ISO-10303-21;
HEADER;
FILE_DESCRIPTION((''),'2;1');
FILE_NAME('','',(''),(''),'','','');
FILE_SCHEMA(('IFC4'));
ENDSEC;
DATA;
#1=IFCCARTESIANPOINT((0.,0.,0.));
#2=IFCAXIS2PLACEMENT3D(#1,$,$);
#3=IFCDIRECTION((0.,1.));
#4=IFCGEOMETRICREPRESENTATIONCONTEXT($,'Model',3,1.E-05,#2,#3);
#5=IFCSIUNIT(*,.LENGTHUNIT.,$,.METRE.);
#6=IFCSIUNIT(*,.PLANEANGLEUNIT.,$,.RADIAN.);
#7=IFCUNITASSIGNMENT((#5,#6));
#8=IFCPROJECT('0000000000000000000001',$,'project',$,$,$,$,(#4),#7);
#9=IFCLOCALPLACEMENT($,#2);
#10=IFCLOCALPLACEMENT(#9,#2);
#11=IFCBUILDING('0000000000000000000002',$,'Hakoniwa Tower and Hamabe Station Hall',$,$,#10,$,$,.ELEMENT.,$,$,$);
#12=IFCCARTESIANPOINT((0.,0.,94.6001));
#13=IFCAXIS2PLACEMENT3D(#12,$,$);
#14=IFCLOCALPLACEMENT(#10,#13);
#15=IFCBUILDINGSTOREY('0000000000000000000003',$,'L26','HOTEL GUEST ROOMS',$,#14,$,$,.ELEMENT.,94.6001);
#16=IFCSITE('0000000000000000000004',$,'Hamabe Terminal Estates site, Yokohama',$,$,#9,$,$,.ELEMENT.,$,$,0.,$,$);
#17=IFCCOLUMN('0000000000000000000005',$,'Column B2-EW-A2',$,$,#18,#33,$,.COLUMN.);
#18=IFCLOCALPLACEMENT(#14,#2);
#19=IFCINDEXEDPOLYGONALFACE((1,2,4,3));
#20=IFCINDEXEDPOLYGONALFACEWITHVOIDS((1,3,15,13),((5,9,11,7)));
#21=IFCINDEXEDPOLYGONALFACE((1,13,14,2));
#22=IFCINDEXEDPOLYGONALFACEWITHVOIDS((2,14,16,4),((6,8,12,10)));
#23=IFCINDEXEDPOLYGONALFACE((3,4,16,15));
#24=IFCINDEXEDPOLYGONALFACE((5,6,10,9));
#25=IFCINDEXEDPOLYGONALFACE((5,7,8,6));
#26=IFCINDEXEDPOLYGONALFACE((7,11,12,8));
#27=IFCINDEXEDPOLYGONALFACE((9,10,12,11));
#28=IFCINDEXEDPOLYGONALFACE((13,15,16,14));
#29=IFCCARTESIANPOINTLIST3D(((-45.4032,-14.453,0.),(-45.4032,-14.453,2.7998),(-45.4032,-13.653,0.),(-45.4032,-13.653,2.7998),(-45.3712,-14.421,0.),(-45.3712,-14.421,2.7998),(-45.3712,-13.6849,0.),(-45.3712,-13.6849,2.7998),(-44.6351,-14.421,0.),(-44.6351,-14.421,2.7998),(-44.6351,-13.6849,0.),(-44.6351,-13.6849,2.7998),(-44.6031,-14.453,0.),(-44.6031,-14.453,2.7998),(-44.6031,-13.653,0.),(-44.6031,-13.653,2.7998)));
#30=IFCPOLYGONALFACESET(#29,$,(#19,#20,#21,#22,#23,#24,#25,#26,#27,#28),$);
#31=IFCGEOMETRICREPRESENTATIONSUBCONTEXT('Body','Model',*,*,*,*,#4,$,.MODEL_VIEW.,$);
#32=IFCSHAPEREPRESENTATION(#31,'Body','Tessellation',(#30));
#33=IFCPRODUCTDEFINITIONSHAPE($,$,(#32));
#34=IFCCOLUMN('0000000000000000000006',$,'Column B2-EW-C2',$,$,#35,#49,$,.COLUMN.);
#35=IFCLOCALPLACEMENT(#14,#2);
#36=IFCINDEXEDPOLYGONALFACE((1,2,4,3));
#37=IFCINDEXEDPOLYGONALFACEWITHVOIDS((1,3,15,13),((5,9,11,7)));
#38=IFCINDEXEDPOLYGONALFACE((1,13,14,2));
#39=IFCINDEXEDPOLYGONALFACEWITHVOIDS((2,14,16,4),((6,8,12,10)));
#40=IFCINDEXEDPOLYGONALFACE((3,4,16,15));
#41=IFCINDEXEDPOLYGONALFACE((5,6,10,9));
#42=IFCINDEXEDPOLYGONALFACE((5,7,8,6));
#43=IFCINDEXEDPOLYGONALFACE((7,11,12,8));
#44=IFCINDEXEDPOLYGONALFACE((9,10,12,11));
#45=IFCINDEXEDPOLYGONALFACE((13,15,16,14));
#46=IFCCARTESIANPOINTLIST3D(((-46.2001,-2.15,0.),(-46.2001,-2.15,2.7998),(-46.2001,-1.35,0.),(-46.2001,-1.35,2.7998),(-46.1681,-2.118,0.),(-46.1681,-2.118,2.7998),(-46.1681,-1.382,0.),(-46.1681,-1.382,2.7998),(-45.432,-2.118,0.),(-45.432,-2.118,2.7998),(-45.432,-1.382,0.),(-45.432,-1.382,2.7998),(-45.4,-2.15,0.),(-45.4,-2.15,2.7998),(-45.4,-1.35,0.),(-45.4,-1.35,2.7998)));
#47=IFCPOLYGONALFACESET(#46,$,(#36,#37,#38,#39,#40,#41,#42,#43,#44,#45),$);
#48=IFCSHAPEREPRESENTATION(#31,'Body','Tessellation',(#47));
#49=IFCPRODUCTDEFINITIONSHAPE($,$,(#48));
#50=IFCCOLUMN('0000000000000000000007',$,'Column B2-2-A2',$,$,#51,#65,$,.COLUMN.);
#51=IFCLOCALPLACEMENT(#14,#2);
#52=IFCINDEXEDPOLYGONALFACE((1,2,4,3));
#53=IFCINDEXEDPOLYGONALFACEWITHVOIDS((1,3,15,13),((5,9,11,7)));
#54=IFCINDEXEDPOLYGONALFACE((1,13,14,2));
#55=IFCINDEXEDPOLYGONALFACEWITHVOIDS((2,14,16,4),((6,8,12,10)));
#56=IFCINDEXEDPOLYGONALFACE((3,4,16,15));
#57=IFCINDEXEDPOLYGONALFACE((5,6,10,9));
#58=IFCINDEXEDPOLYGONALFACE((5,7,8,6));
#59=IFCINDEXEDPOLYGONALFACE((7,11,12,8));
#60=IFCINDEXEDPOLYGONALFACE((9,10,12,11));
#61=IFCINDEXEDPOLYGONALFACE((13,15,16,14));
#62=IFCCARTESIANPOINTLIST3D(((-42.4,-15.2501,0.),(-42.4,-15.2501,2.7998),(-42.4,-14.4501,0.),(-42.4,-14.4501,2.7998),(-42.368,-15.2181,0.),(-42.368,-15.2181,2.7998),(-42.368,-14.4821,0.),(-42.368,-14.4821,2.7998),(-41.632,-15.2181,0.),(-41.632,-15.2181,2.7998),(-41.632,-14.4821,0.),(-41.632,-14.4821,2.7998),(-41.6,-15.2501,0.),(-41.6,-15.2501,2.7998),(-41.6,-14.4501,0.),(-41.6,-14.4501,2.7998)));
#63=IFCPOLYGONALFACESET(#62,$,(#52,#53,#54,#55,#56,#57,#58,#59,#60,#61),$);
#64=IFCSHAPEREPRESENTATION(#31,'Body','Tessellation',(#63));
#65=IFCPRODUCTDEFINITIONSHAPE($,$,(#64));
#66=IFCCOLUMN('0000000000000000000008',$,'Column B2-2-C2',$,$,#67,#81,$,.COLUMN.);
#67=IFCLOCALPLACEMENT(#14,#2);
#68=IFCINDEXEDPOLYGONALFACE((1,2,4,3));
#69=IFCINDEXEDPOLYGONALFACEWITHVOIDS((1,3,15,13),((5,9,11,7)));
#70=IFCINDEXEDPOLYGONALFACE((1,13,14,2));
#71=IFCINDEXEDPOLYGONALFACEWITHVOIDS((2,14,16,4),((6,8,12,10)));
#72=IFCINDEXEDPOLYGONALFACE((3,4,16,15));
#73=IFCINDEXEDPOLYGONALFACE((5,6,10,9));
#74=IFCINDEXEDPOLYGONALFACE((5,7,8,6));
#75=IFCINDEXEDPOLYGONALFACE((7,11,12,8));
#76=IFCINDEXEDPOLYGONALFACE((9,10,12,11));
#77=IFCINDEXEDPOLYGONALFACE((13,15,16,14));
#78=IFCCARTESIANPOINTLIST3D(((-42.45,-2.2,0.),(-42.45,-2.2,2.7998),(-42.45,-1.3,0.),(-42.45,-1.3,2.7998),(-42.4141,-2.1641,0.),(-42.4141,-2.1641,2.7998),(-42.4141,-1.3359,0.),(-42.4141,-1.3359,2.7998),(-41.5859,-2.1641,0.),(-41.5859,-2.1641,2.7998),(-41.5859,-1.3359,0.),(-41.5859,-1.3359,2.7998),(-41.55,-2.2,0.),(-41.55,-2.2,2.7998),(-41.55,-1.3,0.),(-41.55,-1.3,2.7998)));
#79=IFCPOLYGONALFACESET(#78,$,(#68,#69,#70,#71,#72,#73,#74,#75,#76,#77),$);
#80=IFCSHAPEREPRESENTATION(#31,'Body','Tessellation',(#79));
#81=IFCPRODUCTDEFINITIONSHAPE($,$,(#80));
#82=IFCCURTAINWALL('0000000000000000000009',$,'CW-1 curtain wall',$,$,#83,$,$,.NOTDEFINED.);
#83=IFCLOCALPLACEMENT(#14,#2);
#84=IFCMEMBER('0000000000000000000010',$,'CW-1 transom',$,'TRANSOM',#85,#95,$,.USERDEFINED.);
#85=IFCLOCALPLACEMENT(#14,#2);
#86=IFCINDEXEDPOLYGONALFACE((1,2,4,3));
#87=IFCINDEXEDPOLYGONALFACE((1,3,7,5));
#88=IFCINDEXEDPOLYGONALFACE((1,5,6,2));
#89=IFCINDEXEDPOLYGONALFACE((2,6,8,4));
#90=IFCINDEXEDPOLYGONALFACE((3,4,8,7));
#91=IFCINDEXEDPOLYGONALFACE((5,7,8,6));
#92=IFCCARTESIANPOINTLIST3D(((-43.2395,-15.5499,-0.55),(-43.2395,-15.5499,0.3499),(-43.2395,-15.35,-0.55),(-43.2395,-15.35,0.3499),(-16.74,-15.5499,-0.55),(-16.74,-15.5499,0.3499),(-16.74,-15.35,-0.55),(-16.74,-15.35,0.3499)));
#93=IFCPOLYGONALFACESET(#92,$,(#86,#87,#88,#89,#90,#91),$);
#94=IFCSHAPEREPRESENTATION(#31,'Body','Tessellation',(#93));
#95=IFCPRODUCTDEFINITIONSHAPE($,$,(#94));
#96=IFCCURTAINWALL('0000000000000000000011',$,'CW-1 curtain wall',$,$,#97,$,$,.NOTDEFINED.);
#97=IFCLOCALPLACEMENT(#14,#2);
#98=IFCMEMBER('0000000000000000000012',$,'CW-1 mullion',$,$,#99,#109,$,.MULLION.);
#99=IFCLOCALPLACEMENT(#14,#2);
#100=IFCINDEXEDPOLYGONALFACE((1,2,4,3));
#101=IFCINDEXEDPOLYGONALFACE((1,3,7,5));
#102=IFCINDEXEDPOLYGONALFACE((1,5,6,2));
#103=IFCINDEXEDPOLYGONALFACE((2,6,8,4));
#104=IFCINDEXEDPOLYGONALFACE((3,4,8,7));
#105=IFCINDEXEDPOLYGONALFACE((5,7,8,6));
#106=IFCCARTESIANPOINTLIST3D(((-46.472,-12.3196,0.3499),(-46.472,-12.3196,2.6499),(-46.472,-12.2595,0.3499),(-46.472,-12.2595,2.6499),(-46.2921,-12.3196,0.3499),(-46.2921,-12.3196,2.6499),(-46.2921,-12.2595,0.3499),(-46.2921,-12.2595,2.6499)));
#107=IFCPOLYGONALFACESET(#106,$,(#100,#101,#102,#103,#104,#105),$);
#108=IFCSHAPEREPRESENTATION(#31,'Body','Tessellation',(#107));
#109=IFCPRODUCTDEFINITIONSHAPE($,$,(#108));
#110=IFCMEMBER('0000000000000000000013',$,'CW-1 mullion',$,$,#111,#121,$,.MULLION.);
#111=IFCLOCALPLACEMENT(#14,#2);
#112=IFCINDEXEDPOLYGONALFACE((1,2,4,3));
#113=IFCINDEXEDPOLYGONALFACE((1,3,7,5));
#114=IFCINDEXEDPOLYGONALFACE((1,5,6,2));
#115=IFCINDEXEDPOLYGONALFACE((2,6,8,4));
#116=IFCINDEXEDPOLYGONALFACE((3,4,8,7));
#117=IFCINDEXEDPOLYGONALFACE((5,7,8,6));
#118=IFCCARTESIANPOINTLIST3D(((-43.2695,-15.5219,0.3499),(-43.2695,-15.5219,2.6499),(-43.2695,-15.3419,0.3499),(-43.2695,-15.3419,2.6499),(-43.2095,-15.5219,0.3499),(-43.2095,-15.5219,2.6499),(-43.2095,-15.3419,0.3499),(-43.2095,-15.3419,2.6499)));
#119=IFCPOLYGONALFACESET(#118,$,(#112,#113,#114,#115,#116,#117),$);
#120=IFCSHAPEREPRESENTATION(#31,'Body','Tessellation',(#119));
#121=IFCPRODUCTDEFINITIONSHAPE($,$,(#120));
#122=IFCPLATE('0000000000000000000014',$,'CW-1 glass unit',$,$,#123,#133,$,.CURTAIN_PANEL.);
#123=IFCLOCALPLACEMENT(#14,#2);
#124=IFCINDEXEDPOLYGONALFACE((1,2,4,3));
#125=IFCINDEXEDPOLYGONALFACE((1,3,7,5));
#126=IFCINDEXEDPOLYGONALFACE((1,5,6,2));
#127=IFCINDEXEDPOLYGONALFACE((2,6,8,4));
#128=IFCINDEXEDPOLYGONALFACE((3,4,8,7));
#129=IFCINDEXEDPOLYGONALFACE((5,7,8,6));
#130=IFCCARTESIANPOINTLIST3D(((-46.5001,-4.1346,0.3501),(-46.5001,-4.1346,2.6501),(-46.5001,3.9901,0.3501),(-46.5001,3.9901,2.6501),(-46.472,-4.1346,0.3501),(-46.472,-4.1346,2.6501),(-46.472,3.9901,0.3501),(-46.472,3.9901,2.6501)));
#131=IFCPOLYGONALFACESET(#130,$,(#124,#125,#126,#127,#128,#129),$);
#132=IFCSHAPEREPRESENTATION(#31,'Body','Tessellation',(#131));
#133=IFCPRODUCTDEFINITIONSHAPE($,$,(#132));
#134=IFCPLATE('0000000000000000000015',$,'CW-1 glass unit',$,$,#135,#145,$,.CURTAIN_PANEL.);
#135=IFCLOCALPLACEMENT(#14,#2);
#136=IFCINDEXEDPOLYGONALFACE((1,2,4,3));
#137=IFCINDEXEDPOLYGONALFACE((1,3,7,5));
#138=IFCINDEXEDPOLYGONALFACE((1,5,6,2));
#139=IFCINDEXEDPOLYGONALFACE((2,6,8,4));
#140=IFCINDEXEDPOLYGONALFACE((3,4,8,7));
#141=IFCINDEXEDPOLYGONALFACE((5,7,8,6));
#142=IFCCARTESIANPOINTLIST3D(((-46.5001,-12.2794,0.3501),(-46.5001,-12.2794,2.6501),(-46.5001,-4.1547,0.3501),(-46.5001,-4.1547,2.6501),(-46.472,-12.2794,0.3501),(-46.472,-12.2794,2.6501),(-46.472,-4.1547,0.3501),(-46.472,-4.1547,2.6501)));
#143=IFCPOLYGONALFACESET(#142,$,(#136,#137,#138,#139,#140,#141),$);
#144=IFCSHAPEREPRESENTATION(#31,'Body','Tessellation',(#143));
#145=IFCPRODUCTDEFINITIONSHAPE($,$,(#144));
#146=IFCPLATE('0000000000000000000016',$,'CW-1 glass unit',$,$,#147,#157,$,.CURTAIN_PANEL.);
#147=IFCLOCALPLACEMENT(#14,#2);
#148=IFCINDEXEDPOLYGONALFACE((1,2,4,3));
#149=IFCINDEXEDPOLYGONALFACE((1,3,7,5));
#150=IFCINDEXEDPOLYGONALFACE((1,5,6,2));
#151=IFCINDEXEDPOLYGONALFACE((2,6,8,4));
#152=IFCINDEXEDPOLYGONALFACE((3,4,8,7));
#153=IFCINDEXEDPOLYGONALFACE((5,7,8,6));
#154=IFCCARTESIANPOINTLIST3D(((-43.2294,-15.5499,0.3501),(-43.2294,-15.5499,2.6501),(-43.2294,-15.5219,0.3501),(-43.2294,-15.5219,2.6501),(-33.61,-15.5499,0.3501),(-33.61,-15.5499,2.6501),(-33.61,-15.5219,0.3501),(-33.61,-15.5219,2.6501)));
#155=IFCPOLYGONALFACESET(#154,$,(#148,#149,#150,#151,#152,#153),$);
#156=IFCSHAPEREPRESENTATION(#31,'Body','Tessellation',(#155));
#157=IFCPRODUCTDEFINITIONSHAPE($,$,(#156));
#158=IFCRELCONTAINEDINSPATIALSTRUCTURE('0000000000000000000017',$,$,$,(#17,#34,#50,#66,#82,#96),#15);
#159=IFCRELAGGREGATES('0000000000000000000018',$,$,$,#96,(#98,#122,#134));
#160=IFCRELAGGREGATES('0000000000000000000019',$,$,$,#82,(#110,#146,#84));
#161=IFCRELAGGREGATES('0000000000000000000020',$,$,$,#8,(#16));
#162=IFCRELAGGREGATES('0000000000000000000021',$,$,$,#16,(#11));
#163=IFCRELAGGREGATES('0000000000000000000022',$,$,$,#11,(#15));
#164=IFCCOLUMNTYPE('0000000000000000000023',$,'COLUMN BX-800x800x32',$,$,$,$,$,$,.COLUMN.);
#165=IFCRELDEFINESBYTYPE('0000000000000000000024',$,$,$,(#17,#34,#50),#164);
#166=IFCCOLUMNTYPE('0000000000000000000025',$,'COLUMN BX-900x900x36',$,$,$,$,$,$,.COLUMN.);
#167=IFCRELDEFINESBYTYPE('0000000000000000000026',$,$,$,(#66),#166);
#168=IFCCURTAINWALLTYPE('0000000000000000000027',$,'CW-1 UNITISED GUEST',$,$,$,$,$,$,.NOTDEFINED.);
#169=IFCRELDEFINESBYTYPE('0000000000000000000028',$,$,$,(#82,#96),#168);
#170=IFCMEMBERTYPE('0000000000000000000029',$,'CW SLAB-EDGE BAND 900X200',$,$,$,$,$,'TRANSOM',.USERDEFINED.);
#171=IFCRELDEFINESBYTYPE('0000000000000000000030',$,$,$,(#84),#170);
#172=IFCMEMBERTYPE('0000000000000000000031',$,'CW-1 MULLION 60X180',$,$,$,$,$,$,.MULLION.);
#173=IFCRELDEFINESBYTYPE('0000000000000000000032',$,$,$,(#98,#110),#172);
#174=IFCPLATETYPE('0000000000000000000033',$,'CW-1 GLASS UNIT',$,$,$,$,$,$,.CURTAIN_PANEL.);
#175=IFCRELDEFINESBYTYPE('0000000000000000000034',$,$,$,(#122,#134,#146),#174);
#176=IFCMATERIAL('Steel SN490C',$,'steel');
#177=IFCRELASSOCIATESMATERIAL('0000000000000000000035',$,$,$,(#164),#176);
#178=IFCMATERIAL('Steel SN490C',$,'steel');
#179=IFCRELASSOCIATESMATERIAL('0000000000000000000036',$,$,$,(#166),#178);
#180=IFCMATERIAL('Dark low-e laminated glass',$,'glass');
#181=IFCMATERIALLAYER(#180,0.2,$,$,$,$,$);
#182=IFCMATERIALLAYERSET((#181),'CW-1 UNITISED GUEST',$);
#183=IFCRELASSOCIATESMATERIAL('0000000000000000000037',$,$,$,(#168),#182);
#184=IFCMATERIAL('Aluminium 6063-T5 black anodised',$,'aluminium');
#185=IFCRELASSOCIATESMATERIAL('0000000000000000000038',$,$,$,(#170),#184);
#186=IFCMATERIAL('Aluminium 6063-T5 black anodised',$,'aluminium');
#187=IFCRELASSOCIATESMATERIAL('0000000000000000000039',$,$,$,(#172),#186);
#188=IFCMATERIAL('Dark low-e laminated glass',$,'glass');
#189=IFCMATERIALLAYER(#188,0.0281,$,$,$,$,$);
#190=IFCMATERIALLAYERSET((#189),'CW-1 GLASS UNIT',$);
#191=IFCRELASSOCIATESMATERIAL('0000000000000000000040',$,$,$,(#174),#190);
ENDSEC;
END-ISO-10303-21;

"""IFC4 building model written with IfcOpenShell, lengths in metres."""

from ifc_helpers import new_model, si_unit, direction, frame, origin, origin_2d, place, context, subcontext, project, spatial, rectangle, hollow_rectangle, extrude, material, layer, layer_set, material_profile, profile_set, type_object, element, aggregate, save


model = new_model("IFC4")

# Units and contexts
model_context = context("Model", 3, precision=1e-05, world=origin(), true_north=direction((0.0, 1.0)))
body_context = subcontext(model_context, "Body", "Model", "MODEL_VIEW")
ifc_project = project(units=[si_unit("LENGTHUNIT", "METRE"), si_unit("PLANEANGLEUNIT", "RADIAN")], contexts=[model_context])

# Site, building, storey
site_placement = place(None, origin())
site = spatial("IfcSite", under=ifc_project, at=site_placement, Name="Hamabe Terminal Estates site, Yokohama", CompositionType="ELEMENT", RefElevation=0.0)
building_placement = place(site_placement, origin())
building = spatial("IfcBuilding", under=site, at=building_placement, Name="Hakoniwa Tower and Hamabe Station Hall", CompositionType="ELEMENT")
storey_placement = place(building_placement, frame((0.0, 0.0, 94.6001)))
storey = spatial("IfcBuildingStorey", under=building, at=storey_placement, Name="L26", Description="HOTEL GUEST ROOMS", CompositionType="ELEMENT", Elevation=94.6001)

# Columns
ifc_material_1 = material(Name="Steel SN490C", Category="steel")
ifc_material_profile_1 = material_profile(ifc_material_1, hollow_rectangle(XDim=0.8, YDim=0.8, WallThickness=0.032, at=origin_2d()), Name="BX-800x800x32")
ifc_profile_set_1 = profile_set([ifc_material_profile_1], Name="Steel SN490C")
column_type_1 = type_object("IfcColumnType", Name="COLUMN BX-800x800x32", PredefinedType="COLUMN", material=ifc_profile_set_1)
for number, where, z_axis, x_axis, name in (
    (1, (-45.0032, -14.053, 0.0), (0.0, 0.0, 1.0), (1.0, 0.0, 0.0), "Column B2-EW-A2"),
    (2, (-45.8, -1.75, 0.0), (0.0, 0.0, 1.0), (1.0, 0.0, 0.0), "Column B2-EW-C2"),
    (3, (-42.0, -14.8501, 0.0), (0.0, 0.0, 1.0), (1.0, 0.0, 0.0), "Column B2-2-A2"),
):
    element("IfcColumn", number, at=place(storey_placement, frame(where, z_axis=z_axis, x_axis=x_axis)), inside=storey, type_object=column_type_1, Name=name, PredefinedType="COLUMN", context=body_context, shape_type="SweptSolid", body=[
        extrude(hollow_rectangle(XDim=0.8, YDim=0.8, WallThickness=0.032, at=origin_2d()), origin(), (0.0, 0.0, 1.0), 2.7998),
    ])
ifc_material_2 = material(Name="Steel SN490C", Category="steel")
ifc_material_profile_2 = material_profile(ifc_material_2, hollow_rectangle(XDim=0.8999, YDim=0.8999, WallThickness=0.0359, at=origin_2d()), Name="BX-900x900x36")
ifc_profile_set_2 = profile_set([ifc_material_profile_2], Name="Steel SN490C")
column_type_2 = type_object("IfcColumnType", Name="COLUMN BX-900x900x36", PredefinedType="COLUMN", material=ifc_profile_set_2)
column_placement = place(storey_placement, frame((-42.0, -1.75, 0.0), z_axis=(0.0, 0.0, 1.0), x_axis=(1.0, 0.0, 0.0)))
element("IfcColumn", 4, at=column_placement, inside=storey, type_object=column_type_2, Name="Column B2-2-C2", PredefinedType="COLUMN", context=body_context, shape_type="SweptSolid", body=[
    extrude(hollow_rectangle(XDim=0.8999, YDim=0.8999, WallThickness=0.0359, at=origin_2d()), origin(), (0.0, 0.0, 1.0), 2.7998),
])

# Curtain walls, members
ifc_material_3 = material(Name="Dark low-e laminated glass", Category="glass")
ifc_layer_1 = layer(ifc_material_3, 0.2)
ifc_layer_set_1 = layer_set([ifc_layer_1], Name="CW-1 UNITISED GUEST")
curtain_wall_type = type_object("IfcCurtainWallType", Name="CW-1 UNITISED GUEST", PredefinedType="NOTDEFINED", material=ifc_layer_set_1)
curtain_wall_1_placement = place(storey_placement, origin())
curtain_wall_1 = element("IfcCurtainWall", 5, at=curtain_wall_1_placement, inside=storey, type_object=curtain_wall_type, Name="CW-1 curtain wall", PredefinedType="NOTDEFINED")
ifc_material_4 = material(Name="Aluminium 6063-T5 black anodised", Category="aluminium")
ifc_material_profile_3 = material_profile(ifc_material_4, rectangle(XDim=0.2, YDim=0.8999, at=origin_2d()), Name="CW SLAB-EDGE BAND 900X200")
ifc_profile_set_3 = profile_set([ifc_material_profile_3], Name="Aluminium 6063-T5 black anodised")
member_type_1 = type_object("IfcMemberType", Name="CW SLAB-EDGE BAND 900X200", ElementType="TRANSOM", PredefinedType="USERDEFINED", material=ifc_profile_set_3)
member_1_placement = place(storey_placement, frame((-43.2395, -15.45, -0.1001), z_axis=(1.0, 0.0, 0.0), x_axis=(0.0, 1.0, 0.0)))
member_1 = element("IfcMember", 6, at=member_1_placement, type_object=member_type_1, Name="CW-1 transom", ObjectType="TRANSOM", PredefinedType="USERDEFINED", context=body_context, shape_type="SweptSolid", body=[
    extrude(rectangle(XDim=0.2, YDim=0.8999, at=origin_2d()), origin(), (0.0, 0.0, 1.0), 26.4995),
])
curtain_wall_2_placement = place(storey_placement, origin())
curtain_wall_2 = element("IfcCurtainWall", 7, at=curtain_wall_2_placement, inside=storey, type_object=curtain_wall_type, Name="CW-1 curtain wall", PredefinedType="NOTDEFINED")
ifc_material_5 = material(Name="Aluminium 6063-T5 black anodised", Category="aluminium")
ifc_material_profile_4 = material_profile(ifc_material_5, rectangle(XDim=0.0601, YDim=0.1799, at=origin_2d()), Name="CW-1 MULLION 60X180")
ifc_profile_set_4 = profile_set([ifc_material_profile_4], Name="Aluminium 6063-T5 black anodised")
member_type_2 = type_object("IfcMemberType", Name="CW-1 MULLION 60X180", PredefinedType="MULLION", material=ifc_profile_set_4)
member_2_placement = place(storey_placement, frame((-46.3821, -12.2896, 0.3499), z_axis=(0.0, 0.0, 1.0), x_axis=(0.0, -1.0, 0.0)))
member_2 = element("IfcMember", 8, at=member_2_placement, type_object=member_type_2, Name="CW-1 mullion", PredefinedType="MULLION", context=body_context, shape_type="SweptSolid", body=[
    extrude(rectangle(XDim=0.0601, YDim=0.1799, at=origin_2d()), origin(), (0.0, 0.0, 1.0), 2.3),
])

# Member
member_3_placement = place(storey_placement, frame((-43.2395, -15.4319, 0.3499), z_axis=(0.0, 0.0, 1.0), x_axis=(1.0, 0.0, 0.0)))
member_3 = element("IfcMember", 9, at=member_3_placement, type_object=member_type_2, Name="CW-1 mullion", PredefinedType="MULLION", context=body_context, shape_type="SweptSolid", body=[
    extrude(rectangle(XDim=0.0601, YDim=0.1799, at=origin_2d()), origin(), (0.0, 0.0, 1.0), 2.3),
])

# Plates
ifc_material_6 = material(Name="Dark low-e laminated glass", Category="glass")
ifc_layer_2 = layer(ifc_material_6, 0.0281)
ifc_layer_set_2 = layer_set([ifc_layer_2], Name="CW-1 GLASS UNIT")
plate_type = type_object("IfcPlateType", Name="CW-1 GLASS UNIT", PredefinedType="CURTAIN_PANEL", material=ifc_layer_set_2)
plate_1_placement = place(storey_placement, frame((-46.4861, -0.0723, 0.3501), z_axis=(0.0, 0.0, 1.0), x_axis=(0.0, -1.0, 0.0)))
plate_1 = element("IfcPlate", 10, at=plate_1_placement, type_object=plate_type, Name="CW-1 glass unit", PredefinedType="CURTAIN_PANEL", context=body_context, shape_type="SweptSolid", body=[
    extrude(rectangle(XDim=8.1248, YDim=0.0281, at=origin_2d()), origin(), (0.0, 0.0, 1.0), 2.3),
])
plate_2_placement = place(storey_placement, frame((-46.4861, -8.217, 0.3501), z_axis=(0.0, 0.0, 1.0), x_axis=(0.0, -1.0, 0.0)))
plate_2 = element("IfcPlate", 11, at=plate_2_placement, type_object=plate_type, Name="CW-1 glass unit", PredefinedType="CURTAIN_PANEL", context=body_context, shape_type="SweptSolid", body=[
    extrude(rectangle(XDim=8.1248, YDim=0.0281, at=origin_2d()), origin(), (0.0, 0.0, 1.0), 2.3),
])
aggregate(curtain_wall_2, [member_2, plate_1, plate_2])
plate_3_placement = place(storey_placement, frame((-38.4197, -15.5359, 0.3501), z_axis=(0.0, 0.0, 1.0), x_axis=(1.0, 0.0, 0.0)))
plate_3 = element("IfcPlate", 12, at=plate_3_placement, type_object=plate_type, Name="CW-1 glass unit", PredefinedType="CURTAIN_PANEL", context=body_context, shape_type="SweptSolid", body=[
    extrude(rectangle(XDim=9.6194, YDim=0.0281, at=origin_2d()), origin(), (0.0, 0.0, 1.0), 2.3),
])
aggregate(curtain_wall_1, [member_3, plate_3, member_1])

save(model, "model.ifc")
